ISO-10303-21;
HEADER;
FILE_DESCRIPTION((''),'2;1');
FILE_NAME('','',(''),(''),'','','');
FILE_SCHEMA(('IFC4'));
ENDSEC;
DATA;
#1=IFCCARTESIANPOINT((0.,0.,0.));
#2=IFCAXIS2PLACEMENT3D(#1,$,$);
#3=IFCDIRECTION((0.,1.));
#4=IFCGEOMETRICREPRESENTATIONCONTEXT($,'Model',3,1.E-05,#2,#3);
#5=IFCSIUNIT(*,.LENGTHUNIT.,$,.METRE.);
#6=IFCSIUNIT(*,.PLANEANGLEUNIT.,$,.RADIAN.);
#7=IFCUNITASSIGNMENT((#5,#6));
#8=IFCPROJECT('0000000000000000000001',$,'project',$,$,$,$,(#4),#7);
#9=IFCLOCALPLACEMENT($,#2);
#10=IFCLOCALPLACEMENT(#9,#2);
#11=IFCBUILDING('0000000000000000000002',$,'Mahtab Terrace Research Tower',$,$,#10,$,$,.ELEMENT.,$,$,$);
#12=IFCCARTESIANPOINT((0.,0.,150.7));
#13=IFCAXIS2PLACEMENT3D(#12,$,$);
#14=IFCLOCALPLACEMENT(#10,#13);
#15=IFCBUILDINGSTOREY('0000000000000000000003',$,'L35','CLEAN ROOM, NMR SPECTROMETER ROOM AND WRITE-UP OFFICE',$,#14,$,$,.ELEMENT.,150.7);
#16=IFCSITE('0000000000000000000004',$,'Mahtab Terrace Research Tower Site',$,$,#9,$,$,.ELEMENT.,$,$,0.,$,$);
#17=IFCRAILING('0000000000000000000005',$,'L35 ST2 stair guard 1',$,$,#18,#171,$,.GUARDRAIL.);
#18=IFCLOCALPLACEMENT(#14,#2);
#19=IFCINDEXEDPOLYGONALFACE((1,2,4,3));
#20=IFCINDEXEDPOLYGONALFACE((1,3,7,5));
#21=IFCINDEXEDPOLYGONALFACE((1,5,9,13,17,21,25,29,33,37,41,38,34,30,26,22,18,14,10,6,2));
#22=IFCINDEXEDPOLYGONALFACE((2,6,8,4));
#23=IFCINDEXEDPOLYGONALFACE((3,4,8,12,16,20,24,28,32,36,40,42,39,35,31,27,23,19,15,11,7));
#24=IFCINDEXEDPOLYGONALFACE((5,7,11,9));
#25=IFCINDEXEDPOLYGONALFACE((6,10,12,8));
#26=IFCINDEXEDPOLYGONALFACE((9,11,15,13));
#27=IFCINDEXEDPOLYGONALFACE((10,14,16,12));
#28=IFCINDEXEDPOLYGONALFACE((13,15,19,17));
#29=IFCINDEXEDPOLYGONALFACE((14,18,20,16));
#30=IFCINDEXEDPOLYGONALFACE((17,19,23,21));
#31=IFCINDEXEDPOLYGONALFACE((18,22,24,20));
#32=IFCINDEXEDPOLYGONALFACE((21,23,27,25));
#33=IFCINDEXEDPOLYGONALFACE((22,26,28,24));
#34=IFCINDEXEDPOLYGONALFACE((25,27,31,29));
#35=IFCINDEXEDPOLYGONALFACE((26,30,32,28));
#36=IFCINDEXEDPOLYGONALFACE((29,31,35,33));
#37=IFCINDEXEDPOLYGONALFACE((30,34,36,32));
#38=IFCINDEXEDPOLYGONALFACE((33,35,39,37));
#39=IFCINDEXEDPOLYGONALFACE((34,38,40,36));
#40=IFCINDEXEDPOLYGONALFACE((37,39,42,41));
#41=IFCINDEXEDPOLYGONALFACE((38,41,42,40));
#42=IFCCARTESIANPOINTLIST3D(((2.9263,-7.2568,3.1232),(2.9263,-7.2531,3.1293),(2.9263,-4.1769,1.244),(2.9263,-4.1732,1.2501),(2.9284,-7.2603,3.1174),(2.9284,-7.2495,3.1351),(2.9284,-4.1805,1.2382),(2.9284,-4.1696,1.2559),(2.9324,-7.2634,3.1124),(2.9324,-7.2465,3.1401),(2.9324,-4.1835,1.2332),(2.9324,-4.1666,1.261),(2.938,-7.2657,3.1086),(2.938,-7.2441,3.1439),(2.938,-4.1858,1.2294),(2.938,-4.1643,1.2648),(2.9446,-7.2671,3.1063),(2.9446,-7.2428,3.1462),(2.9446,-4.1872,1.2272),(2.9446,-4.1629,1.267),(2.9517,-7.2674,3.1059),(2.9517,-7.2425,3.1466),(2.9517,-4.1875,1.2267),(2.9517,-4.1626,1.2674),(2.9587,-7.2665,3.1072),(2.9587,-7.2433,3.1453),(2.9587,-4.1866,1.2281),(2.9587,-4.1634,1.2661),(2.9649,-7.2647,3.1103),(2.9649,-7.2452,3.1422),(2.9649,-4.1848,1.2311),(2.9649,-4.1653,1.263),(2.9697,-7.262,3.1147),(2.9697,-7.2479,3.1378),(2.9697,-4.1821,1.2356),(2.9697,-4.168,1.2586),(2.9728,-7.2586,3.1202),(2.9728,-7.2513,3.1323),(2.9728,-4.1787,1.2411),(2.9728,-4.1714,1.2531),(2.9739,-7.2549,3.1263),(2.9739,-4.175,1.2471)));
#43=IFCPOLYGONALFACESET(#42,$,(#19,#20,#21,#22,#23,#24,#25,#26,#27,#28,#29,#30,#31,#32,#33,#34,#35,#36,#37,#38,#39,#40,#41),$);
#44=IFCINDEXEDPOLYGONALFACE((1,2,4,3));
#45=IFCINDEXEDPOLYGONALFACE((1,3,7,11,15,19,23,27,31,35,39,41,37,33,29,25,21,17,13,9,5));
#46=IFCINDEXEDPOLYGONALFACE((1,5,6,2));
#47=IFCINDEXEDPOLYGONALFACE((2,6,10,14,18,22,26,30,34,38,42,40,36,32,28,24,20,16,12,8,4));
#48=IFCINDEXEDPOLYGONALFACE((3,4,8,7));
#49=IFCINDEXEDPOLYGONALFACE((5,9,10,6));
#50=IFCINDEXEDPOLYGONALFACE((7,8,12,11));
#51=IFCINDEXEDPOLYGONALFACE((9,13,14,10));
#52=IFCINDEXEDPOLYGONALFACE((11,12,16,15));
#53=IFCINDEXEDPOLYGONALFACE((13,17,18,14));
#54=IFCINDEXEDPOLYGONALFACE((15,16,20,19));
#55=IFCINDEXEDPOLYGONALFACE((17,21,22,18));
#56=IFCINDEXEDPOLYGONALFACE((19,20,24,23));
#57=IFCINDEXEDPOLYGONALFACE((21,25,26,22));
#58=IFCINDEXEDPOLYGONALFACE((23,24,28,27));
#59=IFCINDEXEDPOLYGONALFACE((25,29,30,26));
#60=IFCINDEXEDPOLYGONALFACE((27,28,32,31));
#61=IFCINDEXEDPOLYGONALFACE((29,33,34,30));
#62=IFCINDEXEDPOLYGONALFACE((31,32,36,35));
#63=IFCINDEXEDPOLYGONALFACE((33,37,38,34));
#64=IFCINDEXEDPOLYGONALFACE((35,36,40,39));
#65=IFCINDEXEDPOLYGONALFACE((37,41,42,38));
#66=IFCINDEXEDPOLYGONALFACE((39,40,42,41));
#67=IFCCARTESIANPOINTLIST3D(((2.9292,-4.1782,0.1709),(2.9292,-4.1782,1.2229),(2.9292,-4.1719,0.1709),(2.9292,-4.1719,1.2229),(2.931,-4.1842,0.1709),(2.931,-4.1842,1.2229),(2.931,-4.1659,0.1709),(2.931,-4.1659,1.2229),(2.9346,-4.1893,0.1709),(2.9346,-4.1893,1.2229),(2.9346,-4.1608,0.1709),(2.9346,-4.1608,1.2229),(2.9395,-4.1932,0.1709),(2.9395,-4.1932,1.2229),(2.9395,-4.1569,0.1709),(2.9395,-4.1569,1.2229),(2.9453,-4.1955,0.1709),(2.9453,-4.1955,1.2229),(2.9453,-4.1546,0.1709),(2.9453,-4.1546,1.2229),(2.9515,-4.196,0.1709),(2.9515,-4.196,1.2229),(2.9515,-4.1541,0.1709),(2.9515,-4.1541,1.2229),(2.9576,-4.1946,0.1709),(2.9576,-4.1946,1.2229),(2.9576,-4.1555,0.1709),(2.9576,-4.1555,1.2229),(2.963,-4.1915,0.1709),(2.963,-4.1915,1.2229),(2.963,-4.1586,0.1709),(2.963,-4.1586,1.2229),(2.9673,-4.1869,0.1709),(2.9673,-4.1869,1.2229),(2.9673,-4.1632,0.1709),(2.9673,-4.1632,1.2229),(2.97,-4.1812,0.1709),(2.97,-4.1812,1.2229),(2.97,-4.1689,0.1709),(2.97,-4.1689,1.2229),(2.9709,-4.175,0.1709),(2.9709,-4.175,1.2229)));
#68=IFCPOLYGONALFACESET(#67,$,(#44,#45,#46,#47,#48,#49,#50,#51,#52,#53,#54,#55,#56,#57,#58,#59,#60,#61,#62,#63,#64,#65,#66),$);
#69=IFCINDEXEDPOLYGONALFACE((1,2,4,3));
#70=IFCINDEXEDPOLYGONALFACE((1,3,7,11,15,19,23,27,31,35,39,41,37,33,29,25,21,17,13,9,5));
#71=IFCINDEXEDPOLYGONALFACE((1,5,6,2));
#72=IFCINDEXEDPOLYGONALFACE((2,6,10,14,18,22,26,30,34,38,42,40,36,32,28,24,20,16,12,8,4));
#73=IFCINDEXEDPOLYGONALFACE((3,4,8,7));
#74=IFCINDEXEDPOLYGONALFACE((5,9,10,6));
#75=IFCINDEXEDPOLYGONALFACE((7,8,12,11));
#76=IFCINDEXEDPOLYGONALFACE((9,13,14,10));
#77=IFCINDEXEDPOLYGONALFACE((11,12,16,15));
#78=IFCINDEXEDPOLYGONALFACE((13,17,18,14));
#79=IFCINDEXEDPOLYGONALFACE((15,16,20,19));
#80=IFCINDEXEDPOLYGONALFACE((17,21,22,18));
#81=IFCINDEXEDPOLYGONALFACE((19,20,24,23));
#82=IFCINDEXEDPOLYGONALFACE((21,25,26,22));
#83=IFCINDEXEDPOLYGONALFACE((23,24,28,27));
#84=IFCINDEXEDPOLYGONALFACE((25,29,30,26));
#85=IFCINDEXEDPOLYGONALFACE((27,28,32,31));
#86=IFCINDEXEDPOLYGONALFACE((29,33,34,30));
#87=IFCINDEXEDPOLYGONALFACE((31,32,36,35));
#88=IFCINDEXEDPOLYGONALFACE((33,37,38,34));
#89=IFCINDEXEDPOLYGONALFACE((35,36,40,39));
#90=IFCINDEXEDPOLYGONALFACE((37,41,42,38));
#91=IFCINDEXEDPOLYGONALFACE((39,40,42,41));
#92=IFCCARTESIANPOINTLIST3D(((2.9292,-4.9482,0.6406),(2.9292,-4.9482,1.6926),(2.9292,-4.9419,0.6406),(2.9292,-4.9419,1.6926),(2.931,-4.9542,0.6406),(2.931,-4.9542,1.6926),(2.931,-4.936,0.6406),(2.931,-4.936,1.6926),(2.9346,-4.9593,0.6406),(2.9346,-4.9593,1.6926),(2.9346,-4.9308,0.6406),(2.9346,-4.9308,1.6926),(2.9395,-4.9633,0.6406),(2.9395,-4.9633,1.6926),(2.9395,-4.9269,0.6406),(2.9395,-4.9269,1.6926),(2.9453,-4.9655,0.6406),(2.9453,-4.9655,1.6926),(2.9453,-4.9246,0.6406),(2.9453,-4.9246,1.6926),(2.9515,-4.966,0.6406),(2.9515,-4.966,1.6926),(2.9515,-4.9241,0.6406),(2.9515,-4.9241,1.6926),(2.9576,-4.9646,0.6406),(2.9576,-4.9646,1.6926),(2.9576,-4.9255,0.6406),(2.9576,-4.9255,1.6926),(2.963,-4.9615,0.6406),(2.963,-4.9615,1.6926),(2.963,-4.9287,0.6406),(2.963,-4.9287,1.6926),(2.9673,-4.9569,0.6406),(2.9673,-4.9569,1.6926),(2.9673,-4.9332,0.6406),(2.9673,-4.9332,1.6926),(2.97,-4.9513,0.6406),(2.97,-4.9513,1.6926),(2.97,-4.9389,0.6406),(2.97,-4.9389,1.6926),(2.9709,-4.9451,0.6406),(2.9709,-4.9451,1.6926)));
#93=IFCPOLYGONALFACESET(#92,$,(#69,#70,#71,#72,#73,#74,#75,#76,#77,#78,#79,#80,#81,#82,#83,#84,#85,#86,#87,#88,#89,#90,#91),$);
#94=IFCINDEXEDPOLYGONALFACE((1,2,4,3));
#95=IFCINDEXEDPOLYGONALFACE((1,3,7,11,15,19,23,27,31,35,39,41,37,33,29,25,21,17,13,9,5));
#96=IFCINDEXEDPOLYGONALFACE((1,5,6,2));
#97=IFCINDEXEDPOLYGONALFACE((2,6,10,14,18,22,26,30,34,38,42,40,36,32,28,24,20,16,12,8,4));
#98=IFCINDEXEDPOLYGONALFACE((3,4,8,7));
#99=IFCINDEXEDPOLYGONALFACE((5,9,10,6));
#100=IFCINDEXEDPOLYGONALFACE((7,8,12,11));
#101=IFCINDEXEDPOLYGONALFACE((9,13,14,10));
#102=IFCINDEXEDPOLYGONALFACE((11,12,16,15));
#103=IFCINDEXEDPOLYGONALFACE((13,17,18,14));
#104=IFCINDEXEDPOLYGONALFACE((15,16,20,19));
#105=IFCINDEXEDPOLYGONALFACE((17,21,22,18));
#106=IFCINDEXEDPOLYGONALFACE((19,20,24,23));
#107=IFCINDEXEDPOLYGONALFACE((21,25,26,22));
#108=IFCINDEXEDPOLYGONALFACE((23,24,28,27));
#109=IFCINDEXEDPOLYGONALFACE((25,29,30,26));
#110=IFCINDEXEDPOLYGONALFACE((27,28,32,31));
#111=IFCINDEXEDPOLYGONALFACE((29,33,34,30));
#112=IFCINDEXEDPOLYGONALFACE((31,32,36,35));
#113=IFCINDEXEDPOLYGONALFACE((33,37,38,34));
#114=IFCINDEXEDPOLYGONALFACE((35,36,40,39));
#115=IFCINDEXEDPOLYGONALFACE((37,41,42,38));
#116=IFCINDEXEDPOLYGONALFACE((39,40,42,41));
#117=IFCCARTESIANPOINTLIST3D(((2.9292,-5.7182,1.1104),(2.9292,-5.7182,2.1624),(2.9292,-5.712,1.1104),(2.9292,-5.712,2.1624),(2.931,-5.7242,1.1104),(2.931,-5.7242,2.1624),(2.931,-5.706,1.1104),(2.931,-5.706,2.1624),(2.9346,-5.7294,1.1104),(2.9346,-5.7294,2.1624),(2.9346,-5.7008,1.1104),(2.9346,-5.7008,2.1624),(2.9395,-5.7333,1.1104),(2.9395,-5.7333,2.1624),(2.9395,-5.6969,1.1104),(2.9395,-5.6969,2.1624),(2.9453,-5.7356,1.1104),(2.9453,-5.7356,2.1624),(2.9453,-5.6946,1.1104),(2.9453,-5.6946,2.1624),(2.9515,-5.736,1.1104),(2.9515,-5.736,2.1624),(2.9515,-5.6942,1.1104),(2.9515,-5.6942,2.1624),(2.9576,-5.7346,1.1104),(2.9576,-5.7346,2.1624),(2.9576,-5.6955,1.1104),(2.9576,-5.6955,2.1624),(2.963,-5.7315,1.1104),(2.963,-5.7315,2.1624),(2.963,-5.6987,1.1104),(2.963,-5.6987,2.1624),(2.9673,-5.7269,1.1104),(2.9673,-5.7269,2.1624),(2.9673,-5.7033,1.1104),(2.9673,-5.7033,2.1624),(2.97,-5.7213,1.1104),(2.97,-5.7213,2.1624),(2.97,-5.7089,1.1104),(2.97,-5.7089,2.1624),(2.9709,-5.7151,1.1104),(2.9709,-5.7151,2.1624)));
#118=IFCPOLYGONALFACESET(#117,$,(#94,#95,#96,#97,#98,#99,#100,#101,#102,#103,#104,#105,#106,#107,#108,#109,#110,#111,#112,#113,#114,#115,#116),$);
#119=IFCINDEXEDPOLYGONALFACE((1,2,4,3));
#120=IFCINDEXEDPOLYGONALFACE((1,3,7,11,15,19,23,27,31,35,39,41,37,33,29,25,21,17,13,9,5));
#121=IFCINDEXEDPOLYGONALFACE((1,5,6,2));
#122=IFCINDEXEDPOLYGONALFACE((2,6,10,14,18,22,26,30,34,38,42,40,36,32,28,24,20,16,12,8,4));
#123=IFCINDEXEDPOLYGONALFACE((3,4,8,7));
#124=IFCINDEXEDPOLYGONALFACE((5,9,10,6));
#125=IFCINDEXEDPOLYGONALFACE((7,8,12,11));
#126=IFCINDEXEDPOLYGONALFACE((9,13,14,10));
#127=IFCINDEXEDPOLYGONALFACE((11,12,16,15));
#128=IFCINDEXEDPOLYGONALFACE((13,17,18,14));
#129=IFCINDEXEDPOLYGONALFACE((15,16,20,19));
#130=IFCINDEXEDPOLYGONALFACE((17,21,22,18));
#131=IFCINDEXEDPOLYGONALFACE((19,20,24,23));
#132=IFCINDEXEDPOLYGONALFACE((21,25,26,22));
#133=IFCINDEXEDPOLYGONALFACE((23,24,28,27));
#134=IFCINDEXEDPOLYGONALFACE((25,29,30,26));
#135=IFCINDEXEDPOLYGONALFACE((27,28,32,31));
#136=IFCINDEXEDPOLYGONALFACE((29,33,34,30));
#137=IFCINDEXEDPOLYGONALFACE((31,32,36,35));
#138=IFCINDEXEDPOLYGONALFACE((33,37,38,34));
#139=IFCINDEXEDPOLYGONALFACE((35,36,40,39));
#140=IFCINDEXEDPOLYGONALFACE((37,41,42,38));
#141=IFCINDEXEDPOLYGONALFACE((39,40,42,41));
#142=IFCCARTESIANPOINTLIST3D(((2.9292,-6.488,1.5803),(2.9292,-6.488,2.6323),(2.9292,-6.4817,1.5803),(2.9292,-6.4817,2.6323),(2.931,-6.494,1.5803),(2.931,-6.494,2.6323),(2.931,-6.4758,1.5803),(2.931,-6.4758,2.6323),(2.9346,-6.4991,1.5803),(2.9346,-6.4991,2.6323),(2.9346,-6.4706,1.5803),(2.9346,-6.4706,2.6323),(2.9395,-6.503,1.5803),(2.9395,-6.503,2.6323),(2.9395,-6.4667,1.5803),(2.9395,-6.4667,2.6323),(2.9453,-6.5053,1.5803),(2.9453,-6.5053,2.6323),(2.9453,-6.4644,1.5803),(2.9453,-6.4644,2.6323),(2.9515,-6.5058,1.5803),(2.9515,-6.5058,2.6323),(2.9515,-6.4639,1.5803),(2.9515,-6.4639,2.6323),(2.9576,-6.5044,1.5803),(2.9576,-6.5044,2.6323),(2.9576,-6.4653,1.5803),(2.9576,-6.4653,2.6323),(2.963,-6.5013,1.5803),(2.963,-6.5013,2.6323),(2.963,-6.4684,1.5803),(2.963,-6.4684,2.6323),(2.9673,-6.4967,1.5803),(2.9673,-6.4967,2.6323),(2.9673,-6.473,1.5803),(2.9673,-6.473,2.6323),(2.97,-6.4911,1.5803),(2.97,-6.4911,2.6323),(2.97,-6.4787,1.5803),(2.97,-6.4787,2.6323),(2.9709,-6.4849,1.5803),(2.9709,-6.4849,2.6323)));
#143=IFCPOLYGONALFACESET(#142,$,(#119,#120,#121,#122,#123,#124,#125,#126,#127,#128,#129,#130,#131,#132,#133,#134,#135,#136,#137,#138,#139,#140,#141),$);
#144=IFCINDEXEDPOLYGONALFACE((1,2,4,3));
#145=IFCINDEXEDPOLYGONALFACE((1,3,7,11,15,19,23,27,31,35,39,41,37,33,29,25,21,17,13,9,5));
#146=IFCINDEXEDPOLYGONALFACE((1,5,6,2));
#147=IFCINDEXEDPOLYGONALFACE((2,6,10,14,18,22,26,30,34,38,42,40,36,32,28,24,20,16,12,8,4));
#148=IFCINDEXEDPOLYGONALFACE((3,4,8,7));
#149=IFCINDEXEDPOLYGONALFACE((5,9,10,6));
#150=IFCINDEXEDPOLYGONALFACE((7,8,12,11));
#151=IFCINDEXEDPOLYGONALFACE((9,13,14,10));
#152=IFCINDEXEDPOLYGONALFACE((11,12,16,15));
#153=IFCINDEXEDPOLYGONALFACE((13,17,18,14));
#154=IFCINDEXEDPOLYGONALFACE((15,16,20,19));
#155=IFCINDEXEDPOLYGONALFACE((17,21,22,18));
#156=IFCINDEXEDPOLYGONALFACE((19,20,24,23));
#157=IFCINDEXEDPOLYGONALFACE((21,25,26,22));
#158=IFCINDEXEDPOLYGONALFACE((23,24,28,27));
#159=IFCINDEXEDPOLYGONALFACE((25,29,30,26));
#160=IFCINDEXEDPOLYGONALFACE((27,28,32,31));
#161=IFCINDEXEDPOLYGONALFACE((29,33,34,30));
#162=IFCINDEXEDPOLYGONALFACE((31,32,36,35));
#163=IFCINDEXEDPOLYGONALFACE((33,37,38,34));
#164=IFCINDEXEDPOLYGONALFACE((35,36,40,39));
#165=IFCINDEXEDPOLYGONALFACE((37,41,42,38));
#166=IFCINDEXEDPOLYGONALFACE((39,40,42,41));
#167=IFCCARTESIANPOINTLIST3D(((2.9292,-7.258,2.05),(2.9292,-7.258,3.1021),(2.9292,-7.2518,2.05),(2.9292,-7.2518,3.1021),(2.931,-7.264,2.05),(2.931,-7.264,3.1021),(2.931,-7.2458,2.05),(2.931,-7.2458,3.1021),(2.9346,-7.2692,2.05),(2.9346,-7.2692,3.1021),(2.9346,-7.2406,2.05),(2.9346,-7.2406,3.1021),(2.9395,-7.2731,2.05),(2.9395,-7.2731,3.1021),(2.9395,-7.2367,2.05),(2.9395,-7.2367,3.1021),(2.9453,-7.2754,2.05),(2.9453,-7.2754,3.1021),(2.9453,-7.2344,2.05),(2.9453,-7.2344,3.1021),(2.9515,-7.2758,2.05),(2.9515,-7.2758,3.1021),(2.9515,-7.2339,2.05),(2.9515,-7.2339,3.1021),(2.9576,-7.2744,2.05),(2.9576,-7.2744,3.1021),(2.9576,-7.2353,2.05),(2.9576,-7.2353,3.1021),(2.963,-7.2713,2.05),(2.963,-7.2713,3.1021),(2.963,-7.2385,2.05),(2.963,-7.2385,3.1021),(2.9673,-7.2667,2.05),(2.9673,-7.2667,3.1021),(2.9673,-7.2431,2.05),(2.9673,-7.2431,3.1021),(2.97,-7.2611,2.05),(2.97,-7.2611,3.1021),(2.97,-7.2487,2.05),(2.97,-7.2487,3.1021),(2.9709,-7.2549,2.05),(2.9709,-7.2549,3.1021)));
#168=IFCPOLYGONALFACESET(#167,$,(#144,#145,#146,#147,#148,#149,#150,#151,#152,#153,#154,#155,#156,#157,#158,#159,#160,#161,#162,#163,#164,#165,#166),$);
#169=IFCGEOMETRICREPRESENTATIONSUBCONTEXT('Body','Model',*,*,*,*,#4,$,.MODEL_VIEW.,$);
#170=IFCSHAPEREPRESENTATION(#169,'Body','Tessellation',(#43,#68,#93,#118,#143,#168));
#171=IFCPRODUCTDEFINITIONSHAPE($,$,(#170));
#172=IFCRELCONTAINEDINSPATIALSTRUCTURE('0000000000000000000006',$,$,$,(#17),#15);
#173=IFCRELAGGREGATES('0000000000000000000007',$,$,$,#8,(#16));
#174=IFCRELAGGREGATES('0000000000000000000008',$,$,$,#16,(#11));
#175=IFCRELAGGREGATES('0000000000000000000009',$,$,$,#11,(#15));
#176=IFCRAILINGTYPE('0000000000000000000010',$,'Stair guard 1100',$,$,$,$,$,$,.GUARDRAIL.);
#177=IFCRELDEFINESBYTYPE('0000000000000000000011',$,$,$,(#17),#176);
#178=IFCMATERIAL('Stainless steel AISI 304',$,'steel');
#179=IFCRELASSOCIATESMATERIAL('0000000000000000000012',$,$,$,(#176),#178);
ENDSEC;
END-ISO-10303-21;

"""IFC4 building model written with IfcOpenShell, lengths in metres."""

from ifc_helpers import new_model, si_unit, direction, frame, origin, origin_2d, place, context, subcontext, project, spatial, circle, extrude, material, type_object, element, save


model = new_model("IFC4")

# Units and contexts
model_context = context("Model", 3, precision=1e-05, world=origin(), true_north=direction((0.0, 1.0)))
body_context = subcontext(model_context, "Body", "Model", "MODEL_VIEW")
ifc_project = project(units=[si_unit("LENGTHUNIT", "METRE"), si_unit("PLANEANGLEUNIT", "RADIAN")], contexts=[model_context])

# Site, building, storey
site_placement = place(None, origin())
site = spatial("IfcSite", under=ifc_project, at=site_placement, Name="Mahtab Terrace Research Tower Site", CompositionType="ELEMENT", RefElevation=0.0)
building_placement = place(site_placement, origin())
building = spatial("IfcBuilding", under=site, at=building_placement, Name="Mahtab Terrace Research Tower", CompositionType="ELEMENT")
storey_placement = place(building_placement, frame((0.0, 0.0, 150.7)))
storey = spatial("IfcBuildingStorey", under=building, at=storey_placement, Name="L35", Description="CLEAN ROOM, NMR SPECTROMETER ROOM AND WRITE-UP OFFICE", CompositionType="ELEMENT", Elevation=150.7)

# Railing
ifc_material_1 = material(Name="Stainless steel AISI 304", Category="steel")
railing_type_1 = type_object("IfcRailingType", Name="Stair guard 1100", PredefinedType="GUARDRAIL", material=ifc_material_1)
railing_1_placement = place(storey_placement, frame((2.95, -4.175, 0.1709)))
element("IfcRailing", 1, at=railing_1_placement, inside=storey, type_object=railing_type_1, Name="L35 ST2 stair guard 1", PredefinedType="GUARDRAIL", context=body_context, shape_type="SweptSolid", body=[
    extrude(circle(Radius=0.0239, at=origin_2d()), frame((0.0, 0.0, 1.0762), z_axis=(0.0, -0.853648, 0.52085), x_axis=(1.0, 0.0, 0.0)), (0.0, 0.0, 1.0), 3.6079),
    extrude(circle(Radius=0.021, at=origin_2d()), origin(), (0.0, 0.0, 1.0), 1.052),
    extrude(circle(Radius=0.021, at=origin_2d()), frame((0.0, -0.77, 0.4697)), (0.0, 0.0, 1.0), 1.052),
    extrude(circle(Radius=0.021, at=origin_2d()), frame((0.0, -1.54, 0.9395)), (0.0, 0.0, 1.0), 1.052),
    extrude(circle(Radius=0.021, at=origin_2d()), frame((0.0, -2.3098, 1.4094)), (0.0, 0.0, 1.0), 1.052),
    extrude(circle(Radius=0.021, at=origin_2d()), frame((0.0, -3.0798, 1.8792)), (0.0, 0.0, 1.0), 1.052),
])

save(model, "model.ifc")
